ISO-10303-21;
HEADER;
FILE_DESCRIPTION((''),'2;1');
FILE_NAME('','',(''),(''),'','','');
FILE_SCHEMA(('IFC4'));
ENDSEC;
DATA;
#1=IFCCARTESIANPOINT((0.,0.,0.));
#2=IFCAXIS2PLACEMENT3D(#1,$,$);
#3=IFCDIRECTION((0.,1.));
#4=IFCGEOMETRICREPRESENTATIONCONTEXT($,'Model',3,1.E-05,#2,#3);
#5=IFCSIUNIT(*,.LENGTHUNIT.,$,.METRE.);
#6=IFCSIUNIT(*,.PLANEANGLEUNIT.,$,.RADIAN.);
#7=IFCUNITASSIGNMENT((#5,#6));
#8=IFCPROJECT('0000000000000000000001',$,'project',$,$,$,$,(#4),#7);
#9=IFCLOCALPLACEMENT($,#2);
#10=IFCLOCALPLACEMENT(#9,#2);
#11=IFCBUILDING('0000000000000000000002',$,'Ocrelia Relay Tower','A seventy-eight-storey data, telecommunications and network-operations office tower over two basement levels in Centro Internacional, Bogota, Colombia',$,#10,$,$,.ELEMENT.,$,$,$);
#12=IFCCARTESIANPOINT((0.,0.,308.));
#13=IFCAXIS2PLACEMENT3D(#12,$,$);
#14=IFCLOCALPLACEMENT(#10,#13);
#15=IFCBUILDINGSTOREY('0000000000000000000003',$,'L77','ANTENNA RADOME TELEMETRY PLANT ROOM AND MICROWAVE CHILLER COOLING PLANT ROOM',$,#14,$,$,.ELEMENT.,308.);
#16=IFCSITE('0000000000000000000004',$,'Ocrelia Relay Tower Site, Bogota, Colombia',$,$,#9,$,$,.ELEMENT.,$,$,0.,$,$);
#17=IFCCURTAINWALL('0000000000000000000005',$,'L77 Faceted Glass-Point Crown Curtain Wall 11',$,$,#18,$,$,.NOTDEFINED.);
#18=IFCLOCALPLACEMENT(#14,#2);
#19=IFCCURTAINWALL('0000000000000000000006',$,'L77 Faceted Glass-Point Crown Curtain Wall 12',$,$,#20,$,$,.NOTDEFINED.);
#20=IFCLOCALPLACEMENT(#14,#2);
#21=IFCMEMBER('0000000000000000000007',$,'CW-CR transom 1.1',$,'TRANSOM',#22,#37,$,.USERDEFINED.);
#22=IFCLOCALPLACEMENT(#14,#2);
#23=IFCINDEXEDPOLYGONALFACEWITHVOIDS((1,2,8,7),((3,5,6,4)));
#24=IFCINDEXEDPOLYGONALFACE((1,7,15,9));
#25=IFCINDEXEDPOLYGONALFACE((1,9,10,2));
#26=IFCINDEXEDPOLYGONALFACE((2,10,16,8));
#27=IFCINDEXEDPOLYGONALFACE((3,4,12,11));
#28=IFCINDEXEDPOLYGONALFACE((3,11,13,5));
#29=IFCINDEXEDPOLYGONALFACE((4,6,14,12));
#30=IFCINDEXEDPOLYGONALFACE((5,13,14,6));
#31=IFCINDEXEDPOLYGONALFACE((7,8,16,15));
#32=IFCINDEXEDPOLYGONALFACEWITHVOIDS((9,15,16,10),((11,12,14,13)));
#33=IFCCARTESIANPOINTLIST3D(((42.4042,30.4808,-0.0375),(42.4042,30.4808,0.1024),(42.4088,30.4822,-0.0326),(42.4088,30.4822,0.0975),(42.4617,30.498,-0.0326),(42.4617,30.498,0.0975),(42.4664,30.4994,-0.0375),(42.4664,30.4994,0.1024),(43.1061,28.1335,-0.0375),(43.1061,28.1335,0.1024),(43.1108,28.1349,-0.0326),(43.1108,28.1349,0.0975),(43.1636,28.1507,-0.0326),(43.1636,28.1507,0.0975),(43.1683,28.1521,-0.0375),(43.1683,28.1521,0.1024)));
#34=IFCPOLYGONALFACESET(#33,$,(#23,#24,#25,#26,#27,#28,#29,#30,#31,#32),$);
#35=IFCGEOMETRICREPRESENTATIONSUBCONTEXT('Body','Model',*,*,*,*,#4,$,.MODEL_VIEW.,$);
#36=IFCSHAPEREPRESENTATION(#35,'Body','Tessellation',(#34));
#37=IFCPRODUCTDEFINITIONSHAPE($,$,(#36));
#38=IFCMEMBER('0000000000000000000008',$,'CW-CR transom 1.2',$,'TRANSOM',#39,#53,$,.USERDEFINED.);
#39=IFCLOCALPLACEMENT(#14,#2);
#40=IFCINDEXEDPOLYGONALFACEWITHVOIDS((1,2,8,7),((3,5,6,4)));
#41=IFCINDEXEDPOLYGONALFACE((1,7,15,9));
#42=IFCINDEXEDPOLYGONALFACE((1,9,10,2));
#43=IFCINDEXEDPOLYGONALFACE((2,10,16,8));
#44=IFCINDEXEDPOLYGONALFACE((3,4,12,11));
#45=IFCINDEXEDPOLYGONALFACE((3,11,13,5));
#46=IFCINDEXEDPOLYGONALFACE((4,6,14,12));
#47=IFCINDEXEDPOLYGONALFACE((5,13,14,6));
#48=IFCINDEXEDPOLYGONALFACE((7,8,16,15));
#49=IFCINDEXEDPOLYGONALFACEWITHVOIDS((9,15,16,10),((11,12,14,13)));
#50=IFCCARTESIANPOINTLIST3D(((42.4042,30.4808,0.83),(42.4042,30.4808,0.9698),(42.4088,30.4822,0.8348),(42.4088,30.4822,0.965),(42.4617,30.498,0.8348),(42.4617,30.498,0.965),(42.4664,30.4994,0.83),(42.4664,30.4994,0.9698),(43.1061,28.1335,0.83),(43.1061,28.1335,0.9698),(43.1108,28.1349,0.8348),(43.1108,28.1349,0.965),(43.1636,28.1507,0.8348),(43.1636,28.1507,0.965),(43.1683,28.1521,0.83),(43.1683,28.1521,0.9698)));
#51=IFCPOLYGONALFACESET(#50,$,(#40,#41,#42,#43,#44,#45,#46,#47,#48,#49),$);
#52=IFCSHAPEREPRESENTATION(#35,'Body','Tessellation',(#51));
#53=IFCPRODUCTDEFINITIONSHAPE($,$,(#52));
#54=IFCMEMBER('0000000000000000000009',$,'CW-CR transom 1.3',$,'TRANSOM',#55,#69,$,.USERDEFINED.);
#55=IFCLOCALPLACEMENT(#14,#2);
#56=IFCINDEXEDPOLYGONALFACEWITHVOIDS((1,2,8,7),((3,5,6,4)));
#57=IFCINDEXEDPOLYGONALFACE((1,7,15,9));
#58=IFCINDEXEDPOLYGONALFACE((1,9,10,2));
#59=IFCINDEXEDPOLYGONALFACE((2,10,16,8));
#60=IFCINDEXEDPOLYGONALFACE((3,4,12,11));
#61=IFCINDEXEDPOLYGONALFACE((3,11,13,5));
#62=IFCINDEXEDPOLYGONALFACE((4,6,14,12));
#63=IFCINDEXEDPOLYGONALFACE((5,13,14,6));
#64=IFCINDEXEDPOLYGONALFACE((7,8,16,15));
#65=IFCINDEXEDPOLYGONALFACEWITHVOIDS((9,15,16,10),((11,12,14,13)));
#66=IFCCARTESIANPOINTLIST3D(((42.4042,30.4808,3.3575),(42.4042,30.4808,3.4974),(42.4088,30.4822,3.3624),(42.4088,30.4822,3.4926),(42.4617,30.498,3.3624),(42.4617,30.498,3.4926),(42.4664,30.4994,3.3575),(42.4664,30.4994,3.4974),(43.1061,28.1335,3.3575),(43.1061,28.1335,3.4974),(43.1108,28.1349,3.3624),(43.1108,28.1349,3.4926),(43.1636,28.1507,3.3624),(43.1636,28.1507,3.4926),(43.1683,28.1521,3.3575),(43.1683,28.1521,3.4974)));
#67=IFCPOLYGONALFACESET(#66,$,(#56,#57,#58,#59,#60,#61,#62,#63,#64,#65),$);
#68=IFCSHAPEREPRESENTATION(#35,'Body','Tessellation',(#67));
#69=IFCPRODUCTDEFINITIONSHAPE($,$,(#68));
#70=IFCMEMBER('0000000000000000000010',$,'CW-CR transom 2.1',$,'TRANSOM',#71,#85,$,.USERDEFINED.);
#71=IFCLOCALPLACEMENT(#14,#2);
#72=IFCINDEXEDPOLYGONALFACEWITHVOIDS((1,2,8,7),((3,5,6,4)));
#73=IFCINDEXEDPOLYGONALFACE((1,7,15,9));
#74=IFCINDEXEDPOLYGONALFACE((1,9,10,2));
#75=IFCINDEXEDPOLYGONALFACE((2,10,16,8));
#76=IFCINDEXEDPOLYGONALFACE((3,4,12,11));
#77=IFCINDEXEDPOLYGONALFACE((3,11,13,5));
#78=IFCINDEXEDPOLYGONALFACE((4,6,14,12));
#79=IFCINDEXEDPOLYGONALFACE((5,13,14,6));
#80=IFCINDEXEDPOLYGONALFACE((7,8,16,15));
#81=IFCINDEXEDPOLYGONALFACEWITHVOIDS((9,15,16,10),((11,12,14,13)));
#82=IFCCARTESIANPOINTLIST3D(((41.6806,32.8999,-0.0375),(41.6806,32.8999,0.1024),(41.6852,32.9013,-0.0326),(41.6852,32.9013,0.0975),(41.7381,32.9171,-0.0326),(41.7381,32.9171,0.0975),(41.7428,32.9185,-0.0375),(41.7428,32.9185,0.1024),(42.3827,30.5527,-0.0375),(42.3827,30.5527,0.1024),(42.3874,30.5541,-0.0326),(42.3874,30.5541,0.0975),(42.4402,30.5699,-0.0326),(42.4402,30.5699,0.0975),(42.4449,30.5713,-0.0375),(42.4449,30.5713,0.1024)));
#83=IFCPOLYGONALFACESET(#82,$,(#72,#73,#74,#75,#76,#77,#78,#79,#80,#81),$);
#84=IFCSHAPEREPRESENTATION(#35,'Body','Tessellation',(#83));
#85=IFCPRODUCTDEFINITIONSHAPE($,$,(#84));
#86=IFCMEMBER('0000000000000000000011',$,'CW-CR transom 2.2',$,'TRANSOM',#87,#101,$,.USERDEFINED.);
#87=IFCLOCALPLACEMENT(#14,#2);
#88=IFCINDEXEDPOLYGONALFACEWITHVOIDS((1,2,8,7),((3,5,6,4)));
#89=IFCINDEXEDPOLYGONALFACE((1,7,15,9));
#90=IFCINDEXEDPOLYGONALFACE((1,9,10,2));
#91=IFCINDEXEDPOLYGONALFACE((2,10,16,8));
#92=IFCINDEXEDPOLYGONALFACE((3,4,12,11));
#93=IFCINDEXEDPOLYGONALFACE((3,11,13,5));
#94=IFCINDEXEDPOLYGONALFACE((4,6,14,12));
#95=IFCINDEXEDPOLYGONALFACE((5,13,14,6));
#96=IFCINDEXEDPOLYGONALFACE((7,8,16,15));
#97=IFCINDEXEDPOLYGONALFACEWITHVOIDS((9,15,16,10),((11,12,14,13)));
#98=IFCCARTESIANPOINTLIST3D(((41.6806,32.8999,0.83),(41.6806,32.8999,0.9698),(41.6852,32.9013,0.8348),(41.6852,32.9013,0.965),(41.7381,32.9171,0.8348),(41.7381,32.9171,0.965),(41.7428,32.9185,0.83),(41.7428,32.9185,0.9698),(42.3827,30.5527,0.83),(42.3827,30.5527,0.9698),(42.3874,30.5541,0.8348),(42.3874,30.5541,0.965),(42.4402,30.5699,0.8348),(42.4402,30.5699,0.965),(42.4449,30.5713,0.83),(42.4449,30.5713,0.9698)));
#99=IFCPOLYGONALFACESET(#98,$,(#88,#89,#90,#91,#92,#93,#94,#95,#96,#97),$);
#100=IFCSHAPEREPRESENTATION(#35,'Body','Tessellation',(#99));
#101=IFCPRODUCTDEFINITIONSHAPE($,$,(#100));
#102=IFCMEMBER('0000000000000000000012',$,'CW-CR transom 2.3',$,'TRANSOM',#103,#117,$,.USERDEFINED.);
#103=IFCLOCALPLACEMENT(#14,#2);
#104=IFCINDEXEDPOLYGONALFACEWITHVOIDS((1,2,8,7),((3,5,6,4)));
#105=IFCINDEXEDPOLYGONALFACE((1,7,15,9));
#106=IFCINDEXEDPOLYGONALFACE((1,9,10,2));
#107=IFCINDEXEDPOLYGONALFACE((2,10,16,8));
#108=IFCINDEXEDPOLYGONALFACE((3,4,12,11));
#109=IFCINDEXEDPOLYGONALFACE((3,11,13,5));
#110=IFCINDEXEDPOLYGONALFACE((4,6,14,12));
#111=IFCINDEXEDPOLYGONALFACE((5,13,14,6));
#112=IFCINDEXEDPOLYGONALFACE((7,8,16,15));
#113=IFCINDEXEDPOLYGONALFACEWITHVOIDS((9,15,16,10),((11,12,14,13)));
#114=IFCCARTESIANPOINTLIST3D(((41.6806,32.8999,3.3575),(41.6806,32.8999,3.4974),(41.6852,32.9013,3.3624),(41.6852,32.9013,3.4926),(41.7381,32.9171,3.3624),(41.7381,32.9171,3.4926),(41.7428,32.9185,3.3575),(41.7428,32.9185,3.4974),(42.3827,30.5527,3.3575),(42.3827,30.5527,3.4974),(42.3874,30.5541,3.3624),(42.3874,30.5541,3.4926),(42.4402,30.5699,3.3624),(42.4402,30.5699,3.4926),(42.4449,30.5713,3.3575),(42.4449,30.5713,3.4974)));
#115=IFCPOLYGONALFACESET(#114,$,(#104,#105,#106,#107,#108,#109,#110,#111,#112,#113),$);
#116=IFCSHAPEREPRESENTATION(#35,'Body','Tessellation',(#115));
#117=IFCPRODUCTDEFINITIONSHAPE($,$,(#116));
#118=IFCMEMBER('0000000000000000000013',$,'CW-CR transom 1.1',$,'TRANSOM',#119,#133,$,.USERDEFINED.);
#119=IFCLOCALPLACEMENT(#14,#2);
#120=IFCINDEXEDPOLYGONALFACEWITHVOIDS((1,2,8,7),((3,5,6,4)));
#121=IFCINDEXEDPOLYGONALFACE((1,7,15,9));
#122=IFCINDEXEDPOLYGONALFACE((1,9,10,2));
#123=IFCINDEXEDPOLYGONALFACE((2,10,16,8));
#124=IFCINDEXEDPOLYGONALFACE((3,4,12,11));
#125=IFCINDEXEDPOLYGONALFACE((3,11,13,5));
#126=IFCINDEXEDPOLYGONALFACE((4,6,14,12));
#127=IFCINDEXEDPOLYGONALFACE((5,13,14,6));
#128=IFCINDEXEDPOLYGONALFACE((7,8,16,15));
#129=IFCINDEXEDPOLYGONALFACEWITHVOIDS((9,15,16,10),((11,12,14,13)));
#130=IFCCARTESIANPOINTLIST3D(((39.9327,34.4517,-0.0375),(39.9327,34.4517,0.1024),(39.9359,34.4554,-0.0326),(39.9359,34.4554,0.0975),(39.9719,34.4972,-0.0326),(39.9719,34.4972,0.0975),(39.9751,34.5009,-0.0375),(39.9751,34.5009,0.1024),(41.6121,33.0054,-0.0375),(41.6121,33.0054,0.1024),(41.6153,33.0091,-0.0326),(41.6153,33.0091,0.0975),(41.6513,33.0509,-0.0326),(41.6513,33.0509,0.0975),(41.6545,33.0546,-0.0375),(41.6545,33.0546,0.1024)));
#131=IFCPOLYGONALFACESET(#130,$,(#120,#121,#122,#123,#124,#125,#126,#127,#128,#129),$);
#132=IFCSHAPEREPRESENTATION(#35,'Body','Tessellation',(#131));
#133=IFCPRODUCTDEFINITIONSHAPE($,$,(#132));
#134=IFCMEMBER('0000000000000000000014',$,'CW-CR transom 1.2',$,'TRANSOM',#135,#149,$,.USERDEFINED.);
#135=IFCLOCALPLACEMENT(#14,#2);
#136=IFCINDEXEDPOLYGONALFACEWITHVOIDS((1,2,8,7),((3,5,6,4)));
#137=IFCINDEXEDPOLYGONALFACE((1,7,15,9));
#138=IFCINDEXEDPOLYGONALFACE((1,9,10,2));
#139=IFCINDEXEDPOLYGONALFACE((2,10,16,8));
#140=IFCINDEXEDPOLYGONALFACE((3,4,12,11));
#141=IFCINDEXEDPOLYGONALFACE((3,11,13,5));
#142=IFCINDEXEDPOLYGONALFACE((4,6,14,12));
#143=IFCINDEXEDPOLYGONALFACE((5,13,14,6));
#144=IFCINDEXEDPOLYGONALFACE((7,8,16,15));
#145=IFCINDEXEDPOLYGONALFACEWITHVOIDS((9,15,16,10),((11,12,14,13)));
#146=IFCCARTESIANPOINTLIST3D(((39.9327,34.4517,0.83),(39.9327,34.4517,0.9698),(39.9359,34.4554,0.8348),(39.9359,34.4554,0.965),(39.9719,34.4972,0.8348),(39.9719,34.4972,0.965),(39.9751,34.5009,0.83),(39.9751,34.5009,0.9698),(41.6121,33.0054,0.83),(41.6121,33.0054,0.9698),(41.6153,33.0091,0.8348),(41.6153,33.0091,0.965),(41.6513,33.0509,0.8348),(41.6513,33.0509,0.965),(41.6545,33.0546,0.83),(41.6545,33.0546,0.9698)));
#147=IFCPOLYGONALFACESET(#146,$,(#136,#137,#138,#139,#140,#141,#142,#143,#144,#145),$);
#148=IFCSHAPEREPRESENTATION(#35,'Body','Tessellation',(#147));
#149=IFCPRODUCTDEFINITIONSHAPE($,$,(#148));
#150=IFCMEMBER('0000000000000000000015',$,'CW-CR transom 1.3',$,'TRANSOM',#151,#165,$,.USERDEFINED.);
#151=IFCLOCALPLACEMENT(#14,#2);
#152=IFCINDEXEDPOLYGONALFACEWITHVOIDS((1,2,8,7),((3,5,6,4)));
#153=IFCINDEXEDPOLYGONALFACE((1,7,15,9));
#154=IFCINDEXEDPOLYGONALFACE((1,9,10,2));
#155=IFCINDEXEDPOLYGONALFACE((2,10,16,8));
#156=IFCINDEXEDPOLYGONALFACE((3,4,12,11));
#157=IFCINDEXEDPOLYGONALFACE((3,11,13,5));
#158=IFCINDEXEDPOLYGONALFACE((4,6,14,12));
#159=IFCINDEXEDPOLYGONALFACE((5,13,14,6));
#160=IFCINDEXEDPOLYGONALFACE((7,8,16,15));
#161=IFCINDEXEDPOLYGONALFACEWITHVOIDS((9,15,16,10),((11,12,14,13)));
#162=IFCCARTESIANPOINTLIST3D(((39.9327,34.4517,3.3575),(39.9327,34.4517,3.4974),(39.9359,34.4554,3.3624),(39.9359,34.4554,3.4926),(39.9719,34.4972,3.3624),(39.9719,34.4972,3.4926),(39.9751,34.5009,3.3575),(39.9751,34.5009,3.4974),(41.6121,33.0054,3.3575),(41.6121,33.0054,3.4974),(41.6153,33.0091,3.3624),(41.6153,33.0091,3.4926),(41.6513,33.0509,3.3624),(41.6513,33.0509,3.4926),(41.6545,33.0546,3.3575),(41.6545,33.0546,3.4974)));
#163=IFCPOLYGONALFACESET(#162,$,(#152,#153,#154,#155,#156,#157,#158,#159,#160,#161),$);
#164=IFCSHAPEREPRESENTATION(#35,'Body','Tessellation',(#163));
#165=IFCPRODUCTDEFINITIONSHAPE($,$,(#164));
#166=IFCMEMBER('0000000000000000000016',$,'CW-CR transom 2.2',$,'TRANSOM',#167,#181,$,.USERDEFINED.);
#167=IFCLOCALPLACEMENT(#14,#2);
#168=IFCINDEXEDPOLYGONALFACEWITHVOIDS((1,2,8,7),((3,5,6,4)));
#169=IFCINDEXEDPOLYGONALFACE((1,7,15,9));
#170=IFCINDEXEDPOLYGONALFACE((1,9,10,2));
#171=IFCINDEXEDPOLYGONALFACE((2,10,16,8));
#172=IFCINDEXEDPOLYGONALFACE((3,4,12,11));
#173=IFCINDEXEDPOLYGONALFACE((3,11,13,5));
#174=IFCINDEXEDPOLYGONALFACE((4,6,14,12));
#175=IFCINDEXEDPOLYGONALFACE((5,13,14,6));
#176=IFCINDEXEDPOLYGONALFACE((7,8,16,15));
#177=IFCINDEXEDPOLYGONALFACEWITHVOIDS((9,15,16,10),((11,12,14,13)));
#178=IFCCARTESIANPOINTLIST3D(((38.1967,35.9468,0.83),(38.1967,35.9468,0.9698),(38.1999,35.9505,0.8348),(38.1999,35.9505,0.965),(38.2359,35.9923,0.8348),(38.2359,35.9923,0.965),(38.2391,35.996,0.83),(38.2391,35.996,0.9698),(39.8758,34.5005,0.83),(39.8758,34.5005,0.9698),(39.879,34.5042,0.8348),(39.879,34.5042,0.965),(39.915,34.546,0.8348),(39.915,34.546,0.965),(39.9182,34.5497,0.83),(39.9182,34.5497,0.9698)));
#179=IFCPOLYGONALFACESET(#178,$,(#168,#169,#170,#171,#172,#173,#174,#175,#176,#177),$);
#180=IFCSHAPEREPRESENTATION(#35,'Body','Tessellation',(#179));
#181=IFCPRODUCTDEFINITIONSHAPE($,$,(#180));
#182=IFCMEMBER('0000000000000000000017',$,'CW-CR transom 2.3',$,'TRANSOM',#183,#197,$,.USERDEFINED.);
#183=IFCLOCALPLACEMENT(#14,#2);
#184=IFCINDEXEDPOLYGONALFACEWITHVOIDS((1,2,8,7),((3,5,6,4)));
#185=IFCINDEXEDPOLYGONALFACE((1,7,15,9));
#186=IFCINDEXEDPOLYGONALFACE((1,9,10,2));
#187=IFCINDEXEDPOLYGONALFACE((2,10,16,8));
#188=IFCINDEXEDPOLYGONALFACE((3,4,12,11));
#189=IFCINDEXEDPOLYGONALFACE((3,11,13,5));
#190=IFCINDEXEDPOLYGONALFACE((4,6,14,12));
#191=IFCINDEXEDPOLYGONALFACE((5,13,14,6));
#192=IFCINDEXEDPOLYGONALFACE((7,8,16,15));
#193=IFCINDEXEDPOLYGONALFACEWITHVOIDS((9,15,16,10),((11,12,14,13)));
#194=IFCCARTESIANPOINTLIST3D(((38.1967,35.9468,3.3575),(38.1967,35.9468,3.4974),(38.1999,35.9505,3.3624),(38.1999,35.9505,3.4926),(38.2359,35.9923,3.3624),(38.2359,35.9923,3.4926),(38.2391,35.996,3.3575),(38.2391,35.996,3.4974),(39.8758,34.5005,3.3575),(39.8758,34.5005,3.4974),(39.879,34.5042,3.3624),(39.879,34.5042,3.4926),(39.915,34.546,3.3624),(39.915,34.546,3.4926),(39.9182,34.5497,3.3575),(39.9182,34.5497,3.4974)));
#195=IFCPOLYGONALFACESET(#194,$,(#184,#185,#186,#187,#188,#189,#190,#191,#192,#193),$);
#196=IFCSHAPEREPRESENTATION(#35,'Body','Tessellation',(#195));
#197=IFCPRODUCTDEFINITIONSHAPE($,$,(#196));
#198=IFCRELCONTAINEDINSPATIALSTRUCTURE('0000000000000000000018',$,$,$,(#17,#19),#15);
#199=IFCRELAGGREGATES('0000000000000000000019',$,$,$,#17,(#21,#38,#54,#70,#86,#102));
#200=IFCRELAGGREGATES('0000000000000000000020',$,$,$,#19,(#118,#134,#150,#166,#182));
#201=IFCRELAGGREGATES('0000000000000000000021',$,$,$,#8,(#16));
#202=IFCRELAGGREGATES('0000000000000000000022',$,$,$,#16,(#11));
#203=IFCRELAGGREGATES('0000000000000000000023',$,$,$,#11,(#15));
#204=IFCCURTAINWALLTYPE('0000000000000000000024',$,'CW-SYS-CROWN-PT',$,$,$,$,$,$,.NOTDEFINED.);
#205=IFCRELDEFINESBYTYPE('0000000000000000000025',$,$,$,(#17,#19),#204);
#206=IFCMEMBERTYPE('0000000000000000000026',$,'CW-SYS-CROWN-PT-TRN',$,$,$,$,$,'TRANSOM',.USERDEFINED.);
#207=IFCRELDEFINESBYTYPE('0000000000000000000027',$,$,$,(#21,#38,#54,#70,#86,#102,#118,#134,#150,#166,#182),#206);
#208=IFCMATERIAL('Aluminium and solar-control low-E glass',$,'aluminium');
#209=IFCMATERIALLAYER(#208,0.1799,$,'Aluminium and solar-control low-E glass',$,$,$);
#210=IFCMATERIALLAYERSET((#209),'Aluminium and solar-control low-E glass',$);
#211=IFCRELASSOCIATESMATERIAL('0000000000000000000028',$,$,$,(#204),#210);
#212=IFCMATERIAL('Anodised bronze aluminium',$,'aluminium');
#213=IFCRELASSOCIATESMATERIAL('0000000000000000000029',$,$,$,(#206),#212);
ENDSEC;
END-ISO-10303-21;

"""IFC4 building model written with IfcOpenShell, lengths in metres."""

from ifc_helpers import new_model, si_unit, direction, frame, origin, origin_2d, place, context, subcontext, project, spatial, hollow_rectangle, extrude, material, layer, layer_set, material_profile, profile_set, type_object, element, aggregate, save


model = new_model("IFC4")

# Units and contexts
model_context = context("Model", 3, precision=1e-05, world=origin(), true_north=direction((0.0, 1.0)))
body_context = subcontext(model_context, "Body", "Model", "MODEL_VIEW")
ifc_project = project(units=[si_unit("LENGTHUNIT", "METRE"), si_unit("PLANEANGLEUNIT", "RADIAN")], contexts=[model_context])

# Site, building, storey
site_placement = place(None, origin())
site = spatial("IfcSite", under=ifc_project, at=site_placement, Name="Ocrelia Relay Tower Site, Bogota, Colombia", CompositionType="ELEMENT", RefElevation=0.0)
building_placement = place(site_placement, origin())
building = spatial("IfcBuilding", under=site, at=building_placement, Name="Ocrelia Relay Tower", Description="A seventy-eight-storey data, telecommunications and network-operations office tower over two basement levels in Centro Internacional, Bogota, Colombia", CompositionType="ELEMENT")
storey_placement = place(building_placement, frame((0.0, 0.0, 308.0)))
storey = spatial("IfcBuildingStorey", under=building, at=storey_placement, Name="L77", Description="ANTENNA RADOME TELEMETRY PLANT ROOM AND MICROWAVE CHILLER COOLING PLANT ROOM", CompositionType="ELEMENT", Elevation=308.0)

# Curtain walls
ifc_material_1 = material(Name="Aluminium and solar-control low-E glass", Category="aluminium")
ifc_layer_1 = layer(ifc_material_1, 0.1799, Name="Aluminium and solar-control low-E glass")
ifc_layer_set_1 = layer_set([ifc_layer_1], Name="Aluminium and solar-control low-E glass")
curtain_wall_type = type_object("IfcCurtainWallType", Name="CW-SYS-CROWN-PT", PredefinedType="NOTDEFINED", material=ifc_layer_set_1)
curtain_wall_1_placement = place(storey_placement, origin())
curtain_wall_1 = element("IfcCurtainWall", 1, at=curtain_wall_1_placement, inside=storey, type_object=curtain_wall_type, Name="L77 Faceted Glass-Point Crown Curtain Wall 11", PredefinedType="NOTDEFINED")
ifc_material_2 = material(Name="Anodised bronze aluminium", Category="aluminium")
curtain_wall_2_placement = place(storey_placement, origin())
curtain_wall_2 = element("IfcCurtainWall", 2, at=curtain_wall_2_placement, inside=storey, type_object=curtain_wall_type, Name="L77 Faceted Glass-Point Crown Curtain Wall 12", PredefinedType="NOTDEFINED")

# Members
ifc_material_profile_1 = material_profile(ifc_material_2, hollow_rectangle(XDim=0.0649, YDim=0.1399, WallThickness=0.0049, at=origin_2d()), Name="CW-TRN-140x65")
ifc_profile_set_1 = profile_set([ifc_material_profile_1], Name="Anodised bronze aluminium")
member_type_1 = type_object("IfcMemberType", Name="CW-SYS-CROWN-PT-TRN", ElementType="TRANSOM", PredefinedType="USERDEFINED", material=ifc_profile_set_1)
member_1_placement = place(storey_placement, frame((43.1372, 28.1428, 0.0325), z_axis=(-0.286507, 0.958078, 0.0), x_axis=(-0.958078, -0.286507, 0.0)))
member_1 = element("IfcMember", 3, at=member_1_placement, type_object=member_type_1, Name="CW-CR transom 1.1", ObjectType="TRANSOM", PredefinedType="USERDEFINED", context=body_context, shape_type="SweptSolid", body=[
    extrude(hollow_rectangle(XDim=0.0649, YDim=0.1399, WallThickness=0.0049, at=origin_2d()), origin(), (0.0, 0.0, 1.0), 2.45),
])
member_2_placement = place(storey_placement, frame((43.1372, 28.1428, 0.8999), z_axis=(-0.286507, 0.958078, 0.0), x_axis=(-0.958078, -0.286507, 0.0)))
member_2 = element("IfcMember", 4, at=member_2_placement, type_object=member_type_1, Name="CW-CR transom 1.2", ObjectType="TRANSOM", PredefinedType="USERDEFINED", context=body_context, shape_type="SweptSolid", body=[
    extrude(hollow_rectangle(XDim=0.0649, YDim=0.1399, WallThickness=0.0049, at=origin_2d()), origin(), (0.0, 0.0, 1.0), 2.45),
])
member_3_placement = place(storey_placement, frame((43.1372, 28.1428, 3.4275), z_axis=(-0.286507, 0.958078, 0.0), x_axis=(-0.958078, -0.286507, 0.0)))
member_3 = element("IfcMember", 5, at=member_3_placement, type_object=member_type_1, Name="CW-CR transom 1.3", ObjectType="TRANSOM", PredefinedType="USERDEFINED", context=body_context, shape_type="SweptSolid", body=[
    extrude(hollow_rectangle(XDim=0.0649, YDim=0.1399, WallThickness=0.0049, at=origin_2d()), origin(), (0.0, 0.0, 1.0), 2.45),
])
member_4_placement = place(storey_placement, frame((42.4138, 30.562, 0.0325), z_axis=(-0.286598, 0.958051, 0.0), x_axis=(-0.958051, -0.286598, 0.0)))
member_4 = element("IfcMember", 6, at=member_4_placement, type_object=member_type_1, Name="CW-CR transom 2.1", ObjectType="TRANSOM", PredefinedType="USERDEFINED", context=body_context, shape_type="SweptSolid", body=[
    extrude(hollow_rectangle(XDim=0.0649, YDim=0.1399, WallThickness=0.0049, at=origin_2d()), origin(), (0.0, 0.0, 1.0), 2.45),
])
member_5_placement = place(storey_placement, frame((42.4138, 30.562, 0.8999), z_axis=(-0.286598, 0.958051, 0.0), x_axis=(-0.958051, -0.286598, 0.0)))
member_5 = element("IfcMember", 7, at=member_5_placement, type_object=member_type_1, Name="CW-CR transom 2.2", ObjectType="TRANSOM", PredefinedType="USERDEFINED", context=body_context, shape_type="SweptSolid", body=[
    extrude(hollow_rectangle(XDim=0.0649, YDim=0.1399, WallThickness=0.0049, at=origin_2d()), origin(), (0.0, 0.0, 1.0), 2.45),
])
member_6_placement = place(storey_placement, frame((42.4138, 30.562, 3.4275), z_axis=(-0.286598, 0.958051, 0.0), x_axis=(-0.958051, -0.286598, 0.0)))
member_6 = element("IfcMember", 8, at=member_6_placement, type_object=member_type_1, Name="CW-CR transom 2.3", ObjectType="TRANSOM", PredefinedType="USERDEFINED", context=body_context, shape_type="SweptSolid", body=[
    extrude(hollow_rectangle(XDim=0.0649, YDim=0.1399, WallThickness=0.0049, at=origin_2d()), origin(), (0.0, 0.0, 1.0), 2.45),
])
member_7_placement = place(storey_placement, frame((41.6333, 33.03, 0.0325), z_axis=(-0.757746, 0.652549, 0.0), x_axis=(-0.652549, -0.757746, 0.0)))
member_7 = element("IfcMember", 9, at=member_7_placement, type_object=member_type_1, Name="CW-CR transom 1.1", ObjectType="TRANSOM", PredefinedType="USERDEFINED", context=body_context, shape_type="SweptSolid", body=[
    extrude(hollow_rectangle(XDim=0.0649, YDim=0.1399, WallThickness=0.0049, at=origin_2d()), origin(), (0.0, 0.0, 1.0), 2.2163),
])
member_8_placement = place(storey_placement, frame((41.6333, 33.03, 0.8999), z_axis=(-0.757746, 0.652549, 0.0), x_axis=(-0.652549, -0.757746, 0.0)))
member_8 = element("IfcMember", 10, at=member_8_placement, type_object=member_type_1, Name="CW-CR transom 1.2", ObjectType="TRANSOM", PredefinedType="USERDEFINED", context=body_context, shape_type="SweptSolid", body=[
    extrude(hollow_rectangle(XDim=0.0649, YDim=0.1399, WallThickness=0.0049, at=origin_2d()), origin(), (0.0, 0.0, 1.0), 2.2163),
])
member_9_placement = place(storey_placement, frame((41.6333, 33.03, 3.4275), z_axis=(-0.757746, 0.652549, 0.0), x_axis=(-0.652549, -0.757746, 0.0)))
member_9 = element("IfcMember", 11, at=member_9_placement, type_object=member_type_1, Name="CW-CR transom 1.3", ObjectType="TRANSOM", PredefinedType="USERDEFINED", context=body_context, shape_type="SweptSolid", body=[
    extrude(hollow_rectangle(XDim=0.0649, YDim=0.1399, WallThickness=0.0049, at=origin_2d()), origin(), (0.0, 0.0, 1.0), 2.2163),
])
member_10_placement = place(storey_placement, frame((39.897, 34.5251, 0.8999), z_axis=(-0.757699, 0.652604, 0.0), x_axis=(-0.652604, -0.757699, 0.0)))
member_10 = element("IfcMember", 12, at=member_10_placement, type_object=member_type_1, Name="CW-CR transom 2.2", ObjectType="TRANSOM", PredefinedType="USERDEFINED", context=body_context, shape_type="SweptSolid", body=[
    extrude(hollow_rectangle(XDim=0.0649, YDim=0.1399, WallThickness=0.0049, at=origin_2d()), origin(), (0.0, 0.0, 1.0), 2.2161),
])
member_11_placement = place(storey_placement, frame((39.897, 34.5251, 3.4275), z_axis=(-0.757699, 0.652604, 0.0), x_axis=(-0.652604, -0.757699, 0.0)))
member_11 = element("IfcMember", 13, at=member_11_placement, type_object=member_type_1, Name="CW-CR transom 2.3", ObjectType="TRANSOM", PredefinedType="USERDEFINED", context=body_context, shape_type="SweptSolid", body=[
    extrude(hollow_rectangle(XDim=0.0649, YDim=0.1399, WallThickness=0.0049, at=origin_2d()), origin(), (0.0, 0.0, 1.0), 2.2161),
])

aggregate(curtain_wall_1, [member_1, member_2, member_3, member_4, member_5, member_6])
aggregate(curtain_wall_2, [member_7, member_8, member_9, member_10, member_11])

save(model, "model.ifc")
